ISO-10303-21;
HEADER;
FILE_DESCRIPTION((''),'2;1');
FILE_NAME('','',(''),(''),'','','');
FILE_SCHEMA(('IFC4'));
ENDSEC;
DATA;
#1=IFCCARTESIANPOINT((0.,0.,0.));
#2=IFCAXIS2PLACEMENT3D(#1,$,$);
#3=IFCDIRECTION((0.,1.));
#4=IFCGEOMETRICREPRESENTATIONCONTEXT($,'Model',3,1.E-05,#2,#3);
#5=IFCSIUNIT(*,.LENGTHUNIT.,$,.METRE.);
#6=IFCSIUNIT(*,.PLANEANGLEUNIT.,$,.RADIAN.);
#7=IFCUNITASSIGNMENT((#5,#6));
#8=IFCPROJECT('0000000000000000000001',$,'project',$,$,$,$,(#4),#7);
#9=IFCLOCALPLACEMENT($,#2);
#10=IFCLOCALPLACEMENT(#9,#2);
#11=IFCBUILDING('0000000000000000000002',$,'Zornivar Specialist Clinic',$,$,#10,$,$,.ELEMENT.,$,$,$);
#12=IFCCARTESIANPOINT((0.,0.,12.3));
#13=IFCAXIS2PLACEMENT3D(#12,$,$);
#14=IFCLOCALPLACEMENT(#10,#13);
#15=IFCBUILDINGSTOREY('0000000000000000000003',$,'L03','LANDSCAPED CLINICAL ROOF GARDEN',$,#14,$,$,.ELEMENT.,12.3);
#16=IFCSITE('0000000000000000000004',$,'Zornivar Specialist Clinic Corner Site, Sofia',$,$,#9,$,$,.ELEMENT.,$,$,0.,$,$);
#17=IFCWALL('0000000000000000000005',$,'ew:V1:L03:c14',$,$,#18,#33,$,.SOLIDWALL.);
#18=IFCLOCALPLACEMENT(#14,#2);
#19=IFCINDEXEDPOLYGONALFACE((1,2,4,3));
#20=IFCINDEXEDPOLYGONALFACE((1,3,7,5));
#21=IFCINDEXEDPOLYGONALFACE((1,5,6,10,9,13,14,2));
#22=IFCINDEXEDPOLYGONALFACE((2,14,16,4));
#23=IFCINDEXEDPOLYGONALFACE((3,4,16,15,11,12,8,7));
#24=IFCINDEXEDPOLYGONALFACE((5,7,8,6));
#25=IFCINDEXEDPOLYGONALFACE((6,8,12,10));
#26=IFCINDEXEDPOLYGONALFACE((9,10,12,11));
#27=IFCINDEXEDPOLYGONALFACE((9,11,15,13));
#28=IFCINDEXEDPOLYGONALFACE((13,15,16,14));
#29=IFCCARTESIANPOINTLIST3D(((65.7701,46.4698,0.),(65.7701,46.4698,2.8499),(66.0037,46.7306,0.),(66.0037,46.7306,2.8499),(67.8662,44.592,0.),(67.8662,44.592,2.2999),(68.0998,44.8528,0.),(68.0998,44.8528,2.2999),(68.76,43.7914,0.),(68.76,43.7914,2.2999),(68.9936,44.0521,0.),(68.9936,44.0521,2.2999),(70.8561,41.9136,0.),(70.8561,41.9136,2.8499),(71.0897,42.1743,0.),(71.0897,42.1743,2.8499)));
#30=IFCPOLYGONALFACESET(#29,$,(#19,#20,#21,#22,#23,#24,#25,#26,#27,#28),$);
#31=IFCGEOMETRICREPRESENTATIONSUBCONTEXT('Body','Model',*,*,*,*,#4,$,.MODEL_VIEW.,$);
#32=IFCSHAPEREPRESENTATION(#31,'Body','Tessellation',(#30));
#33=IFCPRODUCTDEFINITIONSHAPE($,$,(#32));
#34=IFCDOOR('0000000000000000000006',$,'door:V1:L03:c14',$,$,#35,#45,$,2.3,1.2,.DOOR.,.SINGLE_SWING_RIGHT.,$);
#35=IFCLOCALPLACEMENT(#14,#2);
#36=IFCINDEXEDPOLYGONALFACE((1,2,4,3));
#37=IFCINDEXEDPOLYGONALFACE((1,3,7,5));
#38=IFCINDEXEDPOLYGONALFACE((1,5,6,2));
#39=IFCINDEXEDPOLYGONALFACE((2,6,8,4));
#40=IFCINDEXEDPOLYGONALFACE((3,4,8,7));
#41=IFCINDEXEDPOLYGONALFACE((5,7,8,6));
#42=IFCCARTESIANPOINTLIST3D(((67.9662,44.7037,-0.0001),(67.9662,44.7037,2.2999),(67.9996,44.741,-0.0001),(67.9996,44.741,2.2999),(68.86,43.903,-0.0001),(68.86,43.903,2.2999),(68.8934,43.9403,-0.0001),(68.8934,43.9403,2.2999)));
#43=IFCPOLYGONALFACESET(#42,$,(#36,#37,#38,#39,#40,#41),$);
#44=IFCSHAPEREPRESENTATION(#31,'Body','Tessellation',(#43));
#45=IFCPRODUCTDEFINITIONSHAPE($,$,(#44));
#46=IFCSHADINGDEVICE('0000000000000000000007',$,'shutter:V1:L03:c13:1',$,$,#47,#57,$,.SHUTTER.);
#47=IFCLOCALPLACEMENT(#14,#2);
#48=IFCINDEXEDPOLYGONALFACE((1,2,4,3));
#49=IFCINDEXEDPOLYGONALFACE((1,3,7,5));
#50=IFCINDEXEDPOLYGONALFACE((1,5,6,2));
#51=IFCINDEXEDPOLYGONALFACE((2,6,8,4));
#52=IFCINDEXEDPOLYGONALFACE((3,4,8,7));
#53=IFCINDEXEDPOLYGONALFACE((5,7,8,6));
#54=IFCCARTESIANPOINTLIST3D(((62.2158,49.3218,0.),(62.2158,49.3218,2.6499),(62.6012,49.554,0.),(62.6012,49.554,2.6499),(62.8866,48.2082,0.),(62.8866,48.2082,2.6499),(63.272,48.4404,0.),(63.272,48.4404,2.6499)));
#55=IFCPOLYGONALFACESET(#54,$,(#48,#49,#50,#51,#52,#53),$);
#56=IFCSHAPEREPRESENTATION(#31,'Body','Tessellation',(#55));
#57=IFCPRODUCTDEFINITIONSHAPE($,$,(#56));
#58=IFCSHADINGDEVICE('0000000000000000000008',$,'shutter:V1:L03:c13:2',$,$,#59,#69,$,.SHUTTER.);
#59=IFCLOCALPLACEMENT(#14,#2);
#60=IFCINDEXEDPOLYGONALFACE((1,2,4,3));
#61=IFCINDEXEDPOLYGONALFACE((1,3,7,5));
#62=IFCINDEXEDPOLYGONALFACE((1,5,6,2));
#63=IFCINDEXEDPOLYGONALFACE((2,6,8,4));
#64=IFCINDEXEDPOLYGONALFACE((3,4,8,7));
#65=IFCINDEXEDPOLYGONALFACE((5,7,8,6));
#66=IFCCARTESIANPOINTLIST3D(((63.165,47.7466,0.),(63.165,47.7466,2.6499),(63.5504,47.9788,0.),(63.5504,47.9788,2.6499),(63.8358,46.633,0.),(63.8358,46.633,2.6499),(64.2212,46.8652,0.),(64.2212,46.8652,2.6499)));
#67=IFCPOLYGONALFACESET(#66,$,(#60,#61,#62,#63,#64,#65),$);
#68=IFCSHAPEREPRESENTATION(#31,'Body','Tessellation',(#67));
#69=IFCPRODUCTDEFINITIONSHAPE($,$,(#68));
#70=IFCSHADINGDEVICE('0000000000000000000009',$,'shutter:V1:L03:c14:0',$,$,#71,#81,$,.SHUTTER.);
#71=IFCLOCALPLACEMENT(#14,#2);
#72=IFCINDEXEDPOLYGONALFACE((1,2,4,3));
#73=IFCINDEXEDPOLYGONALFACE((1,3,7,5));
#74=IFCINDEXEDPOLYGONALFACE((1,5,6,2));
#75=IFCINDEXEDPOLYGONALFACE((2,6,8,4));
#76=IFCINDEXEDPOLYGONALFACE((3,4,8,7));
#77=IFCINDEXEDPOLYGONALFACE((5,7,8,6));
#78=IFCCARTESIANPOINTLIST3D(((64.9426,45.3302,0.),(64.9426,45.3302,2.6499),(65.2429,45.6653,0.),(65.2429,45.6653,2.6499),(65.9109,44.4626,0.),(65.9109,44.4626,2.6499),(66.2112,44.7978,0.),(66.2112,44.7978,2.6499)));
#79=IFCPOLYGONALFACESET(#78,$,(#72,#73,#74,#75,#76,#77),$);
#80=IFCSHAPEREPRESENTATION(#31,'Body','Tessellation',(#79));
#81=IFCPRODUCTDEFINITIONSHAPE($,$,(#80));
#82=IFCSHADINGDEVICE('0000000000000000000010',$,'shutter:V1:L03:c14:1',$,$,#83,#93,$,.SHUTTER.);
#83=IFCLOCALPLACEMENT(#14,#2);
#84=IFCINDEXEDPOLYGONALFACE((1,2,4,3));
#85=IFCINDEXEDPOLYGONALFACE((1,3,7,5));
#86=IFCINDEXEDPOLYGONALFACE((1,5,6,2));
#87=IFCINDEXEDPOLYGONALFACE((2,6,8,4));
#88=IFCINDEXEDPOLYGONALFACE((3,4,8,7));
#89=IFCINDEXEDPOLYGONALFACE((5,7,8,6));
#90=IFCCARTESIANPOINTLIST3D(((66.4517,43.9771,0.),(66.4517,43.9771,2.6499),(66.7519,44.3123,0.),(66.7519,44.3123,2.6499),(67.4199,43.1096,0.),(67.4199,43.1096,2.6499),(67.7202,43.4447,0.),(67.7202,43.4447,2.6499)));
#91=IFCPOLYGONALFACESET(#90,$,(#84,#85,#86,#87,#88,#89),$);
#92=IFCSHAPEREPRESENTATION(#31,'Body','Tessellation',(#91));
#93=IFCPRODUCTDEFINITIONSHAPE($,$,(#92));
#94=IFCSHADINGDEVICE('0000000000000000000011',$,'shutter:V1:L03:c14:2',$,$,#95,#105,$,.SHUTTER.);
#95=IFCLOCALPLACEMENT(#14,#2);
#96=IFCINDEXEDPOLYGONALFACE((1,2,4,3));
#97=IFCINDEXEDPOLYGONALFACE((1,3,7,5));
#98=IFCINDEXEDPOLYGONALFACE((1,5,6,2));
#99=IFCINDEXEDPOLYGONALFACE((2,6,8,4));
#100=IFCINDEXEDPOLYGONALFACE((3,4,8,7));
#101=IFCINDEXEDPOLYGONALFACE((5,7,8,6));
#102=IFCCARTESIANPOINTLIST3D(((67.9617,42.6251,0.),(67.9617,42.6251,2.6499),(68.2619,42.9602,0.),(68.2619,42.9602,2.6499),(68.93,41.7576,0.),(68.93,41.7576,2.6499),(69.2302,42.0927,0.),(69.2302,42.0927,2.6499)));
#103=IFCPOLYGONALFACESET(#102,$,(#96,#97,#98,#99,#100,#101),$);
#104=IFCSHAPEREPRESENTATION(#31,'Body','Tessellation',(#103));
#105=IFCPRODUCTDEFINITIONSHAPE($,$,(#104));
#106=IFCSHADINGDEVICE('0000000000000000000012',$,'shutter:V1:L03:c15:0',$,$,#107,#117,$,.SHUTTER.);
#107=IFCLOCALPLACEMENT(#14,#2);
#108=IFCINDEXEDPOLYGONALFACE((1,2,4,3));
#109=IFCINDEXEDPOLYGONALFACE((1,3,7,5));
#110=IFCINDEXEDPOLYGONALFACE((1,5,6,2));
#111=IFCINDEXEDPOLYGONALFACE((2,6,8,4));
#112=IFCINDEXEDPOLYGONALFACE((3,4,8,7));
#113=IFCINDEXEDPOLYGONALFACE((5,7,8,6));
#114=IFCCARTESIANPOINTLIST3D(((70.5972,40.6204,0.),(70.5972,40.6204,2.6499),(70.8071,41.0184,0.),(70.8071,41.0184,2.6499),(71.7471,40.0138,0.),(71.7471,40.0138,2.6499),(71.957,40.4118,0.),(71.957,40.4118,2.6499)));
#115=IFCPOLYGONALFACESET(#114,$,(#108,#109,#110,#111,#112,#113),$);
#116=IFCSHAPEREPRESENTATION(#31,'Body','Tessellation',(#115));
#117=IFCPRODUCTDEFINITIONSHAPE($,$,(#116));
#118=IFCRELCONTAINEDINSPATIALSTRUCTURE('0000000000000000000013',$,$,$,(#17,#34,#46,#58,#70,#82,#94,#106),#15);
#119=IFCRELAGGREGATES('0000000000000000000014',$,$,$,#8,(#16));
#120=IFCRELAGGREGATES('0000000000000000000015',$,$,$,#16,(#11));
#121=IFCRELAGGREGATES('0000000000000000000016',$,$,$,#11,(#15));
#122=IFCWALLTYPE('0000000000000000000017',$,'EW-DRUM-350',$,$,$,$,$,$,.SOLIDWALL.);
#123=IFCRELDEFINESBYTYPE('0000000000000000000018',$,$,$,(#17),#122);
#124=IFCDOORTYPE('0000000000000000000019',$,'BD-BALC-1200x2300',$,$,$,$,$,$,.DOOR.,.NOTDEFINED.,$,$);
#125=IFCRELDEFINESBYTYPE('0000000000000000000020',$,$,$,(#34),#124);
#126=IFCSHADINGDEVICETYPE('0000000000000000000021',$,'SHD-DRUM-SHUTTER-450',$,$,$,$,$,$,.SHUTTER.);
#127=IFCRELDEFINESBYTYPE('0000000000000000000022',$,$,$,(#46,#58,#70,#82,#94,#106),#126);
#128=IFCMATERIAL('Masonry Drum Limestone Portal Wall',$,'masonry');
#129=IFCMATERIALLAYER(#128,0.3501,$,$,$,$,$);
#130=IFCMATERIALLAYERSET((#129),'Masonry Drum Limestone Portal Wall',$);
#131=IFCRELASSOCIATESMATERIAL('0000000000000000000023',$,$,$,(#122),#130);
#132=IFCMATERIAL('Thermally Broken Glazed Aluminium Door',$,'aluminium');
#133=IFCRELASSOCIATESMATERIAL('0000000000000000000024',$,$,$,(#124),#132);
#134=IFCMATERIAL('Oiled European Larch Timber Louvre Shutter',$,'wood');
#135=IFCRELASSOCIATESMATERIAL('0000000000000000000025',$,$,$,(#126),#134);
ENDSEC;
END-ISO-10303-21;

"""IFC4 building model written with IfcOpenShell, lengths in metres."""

from ifc_helpers import new_model, si_unit, direction, frame, frame_2d, origin, origin_2d, place, context, subcontext, project, spatial, rectangle, extrude, material, layer, layer_set, type_object, element, fill, save


model = new_model("IFC4")

# Units and contexts
model_context = context("Model", 3, precision=1e-05, world=origin(), true_north=direction((0.0, 1.0)))
body_context = subcontext(model_context, "Body", "Model", "MODEL_VIEW")
ifc_project = project(units=[si_unit("LENGTHUNIT", "METRE"), si_unit("PLANEANGLEUNIT", "RADIAN")], contexts=[model_context])

# Site, building, storey
site_placement = place(None, origin())
site = spatial("IfcSite", under=ifc_project, at=site_placement, Name="Zornivar Specialist Clinic Corner Site, Sofia", CompositionType="ELEMENT", RefElevation=0.0)
building_placement = place(site_placement, origin())
building = spatial("IfcBuilding", under=site, at=building_placement, Name="Zornivar Specialist Clinic", CompositionType="ELEMENT")
storey_placement = place(building_placement, frame((0.0, 0.0, 12.3)))
storey = spatial("IfcBuildingStorey", under=building, at=storey_placement, Name="L03", Description="LANDSCAPED CLINICAL ROOF GARDEN", CompositionType="ELEMENT", Elevation=12.3)

# Wall, opening, door
ifc_material_1 = material(Name="Masonry Drum Limestone Portal Wall", Category="masonry")
ifc_layer_1 = layer(ifc_material_1, 0.3501)
ifc_layer_set_1 = layer_set([ifc_layer_1], Name="Masonry Drum Limestone Portal Wall")
wall_type = type_object("IfcWallType", Name="EW-DRUM-350", PredefinedType="SOLIDWALL", material=ifc_layer_set_1)
wall_placement = place(storey_placement, frame((65.887, 46.6001, 0.0), z_axis=(0.0, 0.0, 1.0), x_axis=(0.744835, -0.667248, 0.0)))
wall = element("IfcWall", 1, at=wall_placement, inside=storey, type_object=wall_type, Name="ew:V1:L03:c14", PredefinedType="SOLIDWALL", context=body_context, shape_type="SweptSolid", body=[
    extrude(rectangle(XDim=6.8284, YDim=0.3501, at=frame_2d((3.4141, 0.0))), origin(), (0.0, 0.0, 1.0), 2.8499),
])
opening_placement = place(wall_placement, frame((2.814, 0.0, 0.0)))
opening = element("IfcOpeningElement", 2, at=opening_placement, cuts=wall, PredefinedType="OPENING", context=body_context, shape_type="SweptSolid", body=[
    extrude(rectangle(XDim=1.2, YDim=2.3, at=frame_2d((0.6001, 1.1499))), frame((0.0, 0.1851, 0.0), z_axis=(0.0, -1.0, 0.0), x_axis=(1.0, 0.0, 0.0)), (0.0, 0.0, 1.0), 0.3701),
])
ifc_material_2 = material(Name="Thermally Broken Glazed Aluminium Door", Category="aluminium")
door_type = type_object("IfcDoorType", Name="BD-BALC-1200x2300", OperationType="NOTDEFINED", PredefinedType="DOOR", material=ifc_material_2)
door_placement = place(opening_placement, origin())
door = element("IfcDoor", 3, at=door_placement, inside=storey, type_object=door_type, Name="door:V1:L03:c14", OperationType="SINGLE_SWING_RIGHT", OverallHeight=2.3, OverallWidth=1.2, PredefinedType="DOOR", context=body_context, shape_type="SweptSolid", body=[
    extrude(rectangle(XDim=1.2, YDim=2.3, at=frame_2d((0.6001, 1.1499))), frame((0.0, 0.0249, 0.0), z_axis=(0.0, -1.0, 0.0), x_axis=(1.0, 0.0, 0.0)), (0.0, 0.0, 1.0), 0.05),
])
fill(opening, door)

# Shading devices
ifc_material_3 = material(Name="Oiled European Larch Timber Louvre Shutter", Category="wood")
shading_device_type = type_object("IfcShadingDeviceType", Name="SHD-DRUM-SHUTTER-450", PredefinedType="SHUTTER", material=ifc_material_3)
for number, where, z_axis, x_axis, name in (
    (4, (62.7439, 48.8811, 0.0), (0.0, 0.0, 1.0), (0.516018, -0.856578, 0.0), "shutter:V1:L03:c13:1"),
    (5, (63.6931, 47.3059, 0.0), (0.0, 0.0, 1.0), (0.516018, -0.856578, 0.0), "shutter:V1:L03:c13:2"),
    (6, (65.5769, 45.064, 0.0), (0.0, 0.0, 1.0), (0.744797, -0.667291, 0.0), "shutter:V1:L03:c14:0"),
    (7, (67.0859, 43.7109, 0.0), (0.0, 0.0, 1.0), (0.744797, -0.667291, 0.0), "shutter:V1:L03:c14:1"),
    (8, (68.5959, 42.3589, 0.0), (0.0, 0.0, 1.0), (0.744797, -0.667291, 0.0), "shutter:V1:L03:c14:2"),
    (9, (71.2771, 40.5161, 0.0), (0.0, 0.0, 1.0), (0.88447, -0.466597, 0.0), "shutter:V1:L03:c15:0"),
):
    element("IfcShadingDevice", number, at=place(storey_placement, frame(where, z_axis=z_axis, x_axis=x_axis)), inside=storey, type_object=shading_device_type, Name=name, PredefinedType="SHUTTER", context=body_context, shape_type="SweptSolid", body=[
        extrude(rectangle(XDim=1.3, YDim=0.45, at=origin_2d()), origin(), (0.0, 0.0, 1.0), 2.6499),
    ])

save(model, "model.ifc")
